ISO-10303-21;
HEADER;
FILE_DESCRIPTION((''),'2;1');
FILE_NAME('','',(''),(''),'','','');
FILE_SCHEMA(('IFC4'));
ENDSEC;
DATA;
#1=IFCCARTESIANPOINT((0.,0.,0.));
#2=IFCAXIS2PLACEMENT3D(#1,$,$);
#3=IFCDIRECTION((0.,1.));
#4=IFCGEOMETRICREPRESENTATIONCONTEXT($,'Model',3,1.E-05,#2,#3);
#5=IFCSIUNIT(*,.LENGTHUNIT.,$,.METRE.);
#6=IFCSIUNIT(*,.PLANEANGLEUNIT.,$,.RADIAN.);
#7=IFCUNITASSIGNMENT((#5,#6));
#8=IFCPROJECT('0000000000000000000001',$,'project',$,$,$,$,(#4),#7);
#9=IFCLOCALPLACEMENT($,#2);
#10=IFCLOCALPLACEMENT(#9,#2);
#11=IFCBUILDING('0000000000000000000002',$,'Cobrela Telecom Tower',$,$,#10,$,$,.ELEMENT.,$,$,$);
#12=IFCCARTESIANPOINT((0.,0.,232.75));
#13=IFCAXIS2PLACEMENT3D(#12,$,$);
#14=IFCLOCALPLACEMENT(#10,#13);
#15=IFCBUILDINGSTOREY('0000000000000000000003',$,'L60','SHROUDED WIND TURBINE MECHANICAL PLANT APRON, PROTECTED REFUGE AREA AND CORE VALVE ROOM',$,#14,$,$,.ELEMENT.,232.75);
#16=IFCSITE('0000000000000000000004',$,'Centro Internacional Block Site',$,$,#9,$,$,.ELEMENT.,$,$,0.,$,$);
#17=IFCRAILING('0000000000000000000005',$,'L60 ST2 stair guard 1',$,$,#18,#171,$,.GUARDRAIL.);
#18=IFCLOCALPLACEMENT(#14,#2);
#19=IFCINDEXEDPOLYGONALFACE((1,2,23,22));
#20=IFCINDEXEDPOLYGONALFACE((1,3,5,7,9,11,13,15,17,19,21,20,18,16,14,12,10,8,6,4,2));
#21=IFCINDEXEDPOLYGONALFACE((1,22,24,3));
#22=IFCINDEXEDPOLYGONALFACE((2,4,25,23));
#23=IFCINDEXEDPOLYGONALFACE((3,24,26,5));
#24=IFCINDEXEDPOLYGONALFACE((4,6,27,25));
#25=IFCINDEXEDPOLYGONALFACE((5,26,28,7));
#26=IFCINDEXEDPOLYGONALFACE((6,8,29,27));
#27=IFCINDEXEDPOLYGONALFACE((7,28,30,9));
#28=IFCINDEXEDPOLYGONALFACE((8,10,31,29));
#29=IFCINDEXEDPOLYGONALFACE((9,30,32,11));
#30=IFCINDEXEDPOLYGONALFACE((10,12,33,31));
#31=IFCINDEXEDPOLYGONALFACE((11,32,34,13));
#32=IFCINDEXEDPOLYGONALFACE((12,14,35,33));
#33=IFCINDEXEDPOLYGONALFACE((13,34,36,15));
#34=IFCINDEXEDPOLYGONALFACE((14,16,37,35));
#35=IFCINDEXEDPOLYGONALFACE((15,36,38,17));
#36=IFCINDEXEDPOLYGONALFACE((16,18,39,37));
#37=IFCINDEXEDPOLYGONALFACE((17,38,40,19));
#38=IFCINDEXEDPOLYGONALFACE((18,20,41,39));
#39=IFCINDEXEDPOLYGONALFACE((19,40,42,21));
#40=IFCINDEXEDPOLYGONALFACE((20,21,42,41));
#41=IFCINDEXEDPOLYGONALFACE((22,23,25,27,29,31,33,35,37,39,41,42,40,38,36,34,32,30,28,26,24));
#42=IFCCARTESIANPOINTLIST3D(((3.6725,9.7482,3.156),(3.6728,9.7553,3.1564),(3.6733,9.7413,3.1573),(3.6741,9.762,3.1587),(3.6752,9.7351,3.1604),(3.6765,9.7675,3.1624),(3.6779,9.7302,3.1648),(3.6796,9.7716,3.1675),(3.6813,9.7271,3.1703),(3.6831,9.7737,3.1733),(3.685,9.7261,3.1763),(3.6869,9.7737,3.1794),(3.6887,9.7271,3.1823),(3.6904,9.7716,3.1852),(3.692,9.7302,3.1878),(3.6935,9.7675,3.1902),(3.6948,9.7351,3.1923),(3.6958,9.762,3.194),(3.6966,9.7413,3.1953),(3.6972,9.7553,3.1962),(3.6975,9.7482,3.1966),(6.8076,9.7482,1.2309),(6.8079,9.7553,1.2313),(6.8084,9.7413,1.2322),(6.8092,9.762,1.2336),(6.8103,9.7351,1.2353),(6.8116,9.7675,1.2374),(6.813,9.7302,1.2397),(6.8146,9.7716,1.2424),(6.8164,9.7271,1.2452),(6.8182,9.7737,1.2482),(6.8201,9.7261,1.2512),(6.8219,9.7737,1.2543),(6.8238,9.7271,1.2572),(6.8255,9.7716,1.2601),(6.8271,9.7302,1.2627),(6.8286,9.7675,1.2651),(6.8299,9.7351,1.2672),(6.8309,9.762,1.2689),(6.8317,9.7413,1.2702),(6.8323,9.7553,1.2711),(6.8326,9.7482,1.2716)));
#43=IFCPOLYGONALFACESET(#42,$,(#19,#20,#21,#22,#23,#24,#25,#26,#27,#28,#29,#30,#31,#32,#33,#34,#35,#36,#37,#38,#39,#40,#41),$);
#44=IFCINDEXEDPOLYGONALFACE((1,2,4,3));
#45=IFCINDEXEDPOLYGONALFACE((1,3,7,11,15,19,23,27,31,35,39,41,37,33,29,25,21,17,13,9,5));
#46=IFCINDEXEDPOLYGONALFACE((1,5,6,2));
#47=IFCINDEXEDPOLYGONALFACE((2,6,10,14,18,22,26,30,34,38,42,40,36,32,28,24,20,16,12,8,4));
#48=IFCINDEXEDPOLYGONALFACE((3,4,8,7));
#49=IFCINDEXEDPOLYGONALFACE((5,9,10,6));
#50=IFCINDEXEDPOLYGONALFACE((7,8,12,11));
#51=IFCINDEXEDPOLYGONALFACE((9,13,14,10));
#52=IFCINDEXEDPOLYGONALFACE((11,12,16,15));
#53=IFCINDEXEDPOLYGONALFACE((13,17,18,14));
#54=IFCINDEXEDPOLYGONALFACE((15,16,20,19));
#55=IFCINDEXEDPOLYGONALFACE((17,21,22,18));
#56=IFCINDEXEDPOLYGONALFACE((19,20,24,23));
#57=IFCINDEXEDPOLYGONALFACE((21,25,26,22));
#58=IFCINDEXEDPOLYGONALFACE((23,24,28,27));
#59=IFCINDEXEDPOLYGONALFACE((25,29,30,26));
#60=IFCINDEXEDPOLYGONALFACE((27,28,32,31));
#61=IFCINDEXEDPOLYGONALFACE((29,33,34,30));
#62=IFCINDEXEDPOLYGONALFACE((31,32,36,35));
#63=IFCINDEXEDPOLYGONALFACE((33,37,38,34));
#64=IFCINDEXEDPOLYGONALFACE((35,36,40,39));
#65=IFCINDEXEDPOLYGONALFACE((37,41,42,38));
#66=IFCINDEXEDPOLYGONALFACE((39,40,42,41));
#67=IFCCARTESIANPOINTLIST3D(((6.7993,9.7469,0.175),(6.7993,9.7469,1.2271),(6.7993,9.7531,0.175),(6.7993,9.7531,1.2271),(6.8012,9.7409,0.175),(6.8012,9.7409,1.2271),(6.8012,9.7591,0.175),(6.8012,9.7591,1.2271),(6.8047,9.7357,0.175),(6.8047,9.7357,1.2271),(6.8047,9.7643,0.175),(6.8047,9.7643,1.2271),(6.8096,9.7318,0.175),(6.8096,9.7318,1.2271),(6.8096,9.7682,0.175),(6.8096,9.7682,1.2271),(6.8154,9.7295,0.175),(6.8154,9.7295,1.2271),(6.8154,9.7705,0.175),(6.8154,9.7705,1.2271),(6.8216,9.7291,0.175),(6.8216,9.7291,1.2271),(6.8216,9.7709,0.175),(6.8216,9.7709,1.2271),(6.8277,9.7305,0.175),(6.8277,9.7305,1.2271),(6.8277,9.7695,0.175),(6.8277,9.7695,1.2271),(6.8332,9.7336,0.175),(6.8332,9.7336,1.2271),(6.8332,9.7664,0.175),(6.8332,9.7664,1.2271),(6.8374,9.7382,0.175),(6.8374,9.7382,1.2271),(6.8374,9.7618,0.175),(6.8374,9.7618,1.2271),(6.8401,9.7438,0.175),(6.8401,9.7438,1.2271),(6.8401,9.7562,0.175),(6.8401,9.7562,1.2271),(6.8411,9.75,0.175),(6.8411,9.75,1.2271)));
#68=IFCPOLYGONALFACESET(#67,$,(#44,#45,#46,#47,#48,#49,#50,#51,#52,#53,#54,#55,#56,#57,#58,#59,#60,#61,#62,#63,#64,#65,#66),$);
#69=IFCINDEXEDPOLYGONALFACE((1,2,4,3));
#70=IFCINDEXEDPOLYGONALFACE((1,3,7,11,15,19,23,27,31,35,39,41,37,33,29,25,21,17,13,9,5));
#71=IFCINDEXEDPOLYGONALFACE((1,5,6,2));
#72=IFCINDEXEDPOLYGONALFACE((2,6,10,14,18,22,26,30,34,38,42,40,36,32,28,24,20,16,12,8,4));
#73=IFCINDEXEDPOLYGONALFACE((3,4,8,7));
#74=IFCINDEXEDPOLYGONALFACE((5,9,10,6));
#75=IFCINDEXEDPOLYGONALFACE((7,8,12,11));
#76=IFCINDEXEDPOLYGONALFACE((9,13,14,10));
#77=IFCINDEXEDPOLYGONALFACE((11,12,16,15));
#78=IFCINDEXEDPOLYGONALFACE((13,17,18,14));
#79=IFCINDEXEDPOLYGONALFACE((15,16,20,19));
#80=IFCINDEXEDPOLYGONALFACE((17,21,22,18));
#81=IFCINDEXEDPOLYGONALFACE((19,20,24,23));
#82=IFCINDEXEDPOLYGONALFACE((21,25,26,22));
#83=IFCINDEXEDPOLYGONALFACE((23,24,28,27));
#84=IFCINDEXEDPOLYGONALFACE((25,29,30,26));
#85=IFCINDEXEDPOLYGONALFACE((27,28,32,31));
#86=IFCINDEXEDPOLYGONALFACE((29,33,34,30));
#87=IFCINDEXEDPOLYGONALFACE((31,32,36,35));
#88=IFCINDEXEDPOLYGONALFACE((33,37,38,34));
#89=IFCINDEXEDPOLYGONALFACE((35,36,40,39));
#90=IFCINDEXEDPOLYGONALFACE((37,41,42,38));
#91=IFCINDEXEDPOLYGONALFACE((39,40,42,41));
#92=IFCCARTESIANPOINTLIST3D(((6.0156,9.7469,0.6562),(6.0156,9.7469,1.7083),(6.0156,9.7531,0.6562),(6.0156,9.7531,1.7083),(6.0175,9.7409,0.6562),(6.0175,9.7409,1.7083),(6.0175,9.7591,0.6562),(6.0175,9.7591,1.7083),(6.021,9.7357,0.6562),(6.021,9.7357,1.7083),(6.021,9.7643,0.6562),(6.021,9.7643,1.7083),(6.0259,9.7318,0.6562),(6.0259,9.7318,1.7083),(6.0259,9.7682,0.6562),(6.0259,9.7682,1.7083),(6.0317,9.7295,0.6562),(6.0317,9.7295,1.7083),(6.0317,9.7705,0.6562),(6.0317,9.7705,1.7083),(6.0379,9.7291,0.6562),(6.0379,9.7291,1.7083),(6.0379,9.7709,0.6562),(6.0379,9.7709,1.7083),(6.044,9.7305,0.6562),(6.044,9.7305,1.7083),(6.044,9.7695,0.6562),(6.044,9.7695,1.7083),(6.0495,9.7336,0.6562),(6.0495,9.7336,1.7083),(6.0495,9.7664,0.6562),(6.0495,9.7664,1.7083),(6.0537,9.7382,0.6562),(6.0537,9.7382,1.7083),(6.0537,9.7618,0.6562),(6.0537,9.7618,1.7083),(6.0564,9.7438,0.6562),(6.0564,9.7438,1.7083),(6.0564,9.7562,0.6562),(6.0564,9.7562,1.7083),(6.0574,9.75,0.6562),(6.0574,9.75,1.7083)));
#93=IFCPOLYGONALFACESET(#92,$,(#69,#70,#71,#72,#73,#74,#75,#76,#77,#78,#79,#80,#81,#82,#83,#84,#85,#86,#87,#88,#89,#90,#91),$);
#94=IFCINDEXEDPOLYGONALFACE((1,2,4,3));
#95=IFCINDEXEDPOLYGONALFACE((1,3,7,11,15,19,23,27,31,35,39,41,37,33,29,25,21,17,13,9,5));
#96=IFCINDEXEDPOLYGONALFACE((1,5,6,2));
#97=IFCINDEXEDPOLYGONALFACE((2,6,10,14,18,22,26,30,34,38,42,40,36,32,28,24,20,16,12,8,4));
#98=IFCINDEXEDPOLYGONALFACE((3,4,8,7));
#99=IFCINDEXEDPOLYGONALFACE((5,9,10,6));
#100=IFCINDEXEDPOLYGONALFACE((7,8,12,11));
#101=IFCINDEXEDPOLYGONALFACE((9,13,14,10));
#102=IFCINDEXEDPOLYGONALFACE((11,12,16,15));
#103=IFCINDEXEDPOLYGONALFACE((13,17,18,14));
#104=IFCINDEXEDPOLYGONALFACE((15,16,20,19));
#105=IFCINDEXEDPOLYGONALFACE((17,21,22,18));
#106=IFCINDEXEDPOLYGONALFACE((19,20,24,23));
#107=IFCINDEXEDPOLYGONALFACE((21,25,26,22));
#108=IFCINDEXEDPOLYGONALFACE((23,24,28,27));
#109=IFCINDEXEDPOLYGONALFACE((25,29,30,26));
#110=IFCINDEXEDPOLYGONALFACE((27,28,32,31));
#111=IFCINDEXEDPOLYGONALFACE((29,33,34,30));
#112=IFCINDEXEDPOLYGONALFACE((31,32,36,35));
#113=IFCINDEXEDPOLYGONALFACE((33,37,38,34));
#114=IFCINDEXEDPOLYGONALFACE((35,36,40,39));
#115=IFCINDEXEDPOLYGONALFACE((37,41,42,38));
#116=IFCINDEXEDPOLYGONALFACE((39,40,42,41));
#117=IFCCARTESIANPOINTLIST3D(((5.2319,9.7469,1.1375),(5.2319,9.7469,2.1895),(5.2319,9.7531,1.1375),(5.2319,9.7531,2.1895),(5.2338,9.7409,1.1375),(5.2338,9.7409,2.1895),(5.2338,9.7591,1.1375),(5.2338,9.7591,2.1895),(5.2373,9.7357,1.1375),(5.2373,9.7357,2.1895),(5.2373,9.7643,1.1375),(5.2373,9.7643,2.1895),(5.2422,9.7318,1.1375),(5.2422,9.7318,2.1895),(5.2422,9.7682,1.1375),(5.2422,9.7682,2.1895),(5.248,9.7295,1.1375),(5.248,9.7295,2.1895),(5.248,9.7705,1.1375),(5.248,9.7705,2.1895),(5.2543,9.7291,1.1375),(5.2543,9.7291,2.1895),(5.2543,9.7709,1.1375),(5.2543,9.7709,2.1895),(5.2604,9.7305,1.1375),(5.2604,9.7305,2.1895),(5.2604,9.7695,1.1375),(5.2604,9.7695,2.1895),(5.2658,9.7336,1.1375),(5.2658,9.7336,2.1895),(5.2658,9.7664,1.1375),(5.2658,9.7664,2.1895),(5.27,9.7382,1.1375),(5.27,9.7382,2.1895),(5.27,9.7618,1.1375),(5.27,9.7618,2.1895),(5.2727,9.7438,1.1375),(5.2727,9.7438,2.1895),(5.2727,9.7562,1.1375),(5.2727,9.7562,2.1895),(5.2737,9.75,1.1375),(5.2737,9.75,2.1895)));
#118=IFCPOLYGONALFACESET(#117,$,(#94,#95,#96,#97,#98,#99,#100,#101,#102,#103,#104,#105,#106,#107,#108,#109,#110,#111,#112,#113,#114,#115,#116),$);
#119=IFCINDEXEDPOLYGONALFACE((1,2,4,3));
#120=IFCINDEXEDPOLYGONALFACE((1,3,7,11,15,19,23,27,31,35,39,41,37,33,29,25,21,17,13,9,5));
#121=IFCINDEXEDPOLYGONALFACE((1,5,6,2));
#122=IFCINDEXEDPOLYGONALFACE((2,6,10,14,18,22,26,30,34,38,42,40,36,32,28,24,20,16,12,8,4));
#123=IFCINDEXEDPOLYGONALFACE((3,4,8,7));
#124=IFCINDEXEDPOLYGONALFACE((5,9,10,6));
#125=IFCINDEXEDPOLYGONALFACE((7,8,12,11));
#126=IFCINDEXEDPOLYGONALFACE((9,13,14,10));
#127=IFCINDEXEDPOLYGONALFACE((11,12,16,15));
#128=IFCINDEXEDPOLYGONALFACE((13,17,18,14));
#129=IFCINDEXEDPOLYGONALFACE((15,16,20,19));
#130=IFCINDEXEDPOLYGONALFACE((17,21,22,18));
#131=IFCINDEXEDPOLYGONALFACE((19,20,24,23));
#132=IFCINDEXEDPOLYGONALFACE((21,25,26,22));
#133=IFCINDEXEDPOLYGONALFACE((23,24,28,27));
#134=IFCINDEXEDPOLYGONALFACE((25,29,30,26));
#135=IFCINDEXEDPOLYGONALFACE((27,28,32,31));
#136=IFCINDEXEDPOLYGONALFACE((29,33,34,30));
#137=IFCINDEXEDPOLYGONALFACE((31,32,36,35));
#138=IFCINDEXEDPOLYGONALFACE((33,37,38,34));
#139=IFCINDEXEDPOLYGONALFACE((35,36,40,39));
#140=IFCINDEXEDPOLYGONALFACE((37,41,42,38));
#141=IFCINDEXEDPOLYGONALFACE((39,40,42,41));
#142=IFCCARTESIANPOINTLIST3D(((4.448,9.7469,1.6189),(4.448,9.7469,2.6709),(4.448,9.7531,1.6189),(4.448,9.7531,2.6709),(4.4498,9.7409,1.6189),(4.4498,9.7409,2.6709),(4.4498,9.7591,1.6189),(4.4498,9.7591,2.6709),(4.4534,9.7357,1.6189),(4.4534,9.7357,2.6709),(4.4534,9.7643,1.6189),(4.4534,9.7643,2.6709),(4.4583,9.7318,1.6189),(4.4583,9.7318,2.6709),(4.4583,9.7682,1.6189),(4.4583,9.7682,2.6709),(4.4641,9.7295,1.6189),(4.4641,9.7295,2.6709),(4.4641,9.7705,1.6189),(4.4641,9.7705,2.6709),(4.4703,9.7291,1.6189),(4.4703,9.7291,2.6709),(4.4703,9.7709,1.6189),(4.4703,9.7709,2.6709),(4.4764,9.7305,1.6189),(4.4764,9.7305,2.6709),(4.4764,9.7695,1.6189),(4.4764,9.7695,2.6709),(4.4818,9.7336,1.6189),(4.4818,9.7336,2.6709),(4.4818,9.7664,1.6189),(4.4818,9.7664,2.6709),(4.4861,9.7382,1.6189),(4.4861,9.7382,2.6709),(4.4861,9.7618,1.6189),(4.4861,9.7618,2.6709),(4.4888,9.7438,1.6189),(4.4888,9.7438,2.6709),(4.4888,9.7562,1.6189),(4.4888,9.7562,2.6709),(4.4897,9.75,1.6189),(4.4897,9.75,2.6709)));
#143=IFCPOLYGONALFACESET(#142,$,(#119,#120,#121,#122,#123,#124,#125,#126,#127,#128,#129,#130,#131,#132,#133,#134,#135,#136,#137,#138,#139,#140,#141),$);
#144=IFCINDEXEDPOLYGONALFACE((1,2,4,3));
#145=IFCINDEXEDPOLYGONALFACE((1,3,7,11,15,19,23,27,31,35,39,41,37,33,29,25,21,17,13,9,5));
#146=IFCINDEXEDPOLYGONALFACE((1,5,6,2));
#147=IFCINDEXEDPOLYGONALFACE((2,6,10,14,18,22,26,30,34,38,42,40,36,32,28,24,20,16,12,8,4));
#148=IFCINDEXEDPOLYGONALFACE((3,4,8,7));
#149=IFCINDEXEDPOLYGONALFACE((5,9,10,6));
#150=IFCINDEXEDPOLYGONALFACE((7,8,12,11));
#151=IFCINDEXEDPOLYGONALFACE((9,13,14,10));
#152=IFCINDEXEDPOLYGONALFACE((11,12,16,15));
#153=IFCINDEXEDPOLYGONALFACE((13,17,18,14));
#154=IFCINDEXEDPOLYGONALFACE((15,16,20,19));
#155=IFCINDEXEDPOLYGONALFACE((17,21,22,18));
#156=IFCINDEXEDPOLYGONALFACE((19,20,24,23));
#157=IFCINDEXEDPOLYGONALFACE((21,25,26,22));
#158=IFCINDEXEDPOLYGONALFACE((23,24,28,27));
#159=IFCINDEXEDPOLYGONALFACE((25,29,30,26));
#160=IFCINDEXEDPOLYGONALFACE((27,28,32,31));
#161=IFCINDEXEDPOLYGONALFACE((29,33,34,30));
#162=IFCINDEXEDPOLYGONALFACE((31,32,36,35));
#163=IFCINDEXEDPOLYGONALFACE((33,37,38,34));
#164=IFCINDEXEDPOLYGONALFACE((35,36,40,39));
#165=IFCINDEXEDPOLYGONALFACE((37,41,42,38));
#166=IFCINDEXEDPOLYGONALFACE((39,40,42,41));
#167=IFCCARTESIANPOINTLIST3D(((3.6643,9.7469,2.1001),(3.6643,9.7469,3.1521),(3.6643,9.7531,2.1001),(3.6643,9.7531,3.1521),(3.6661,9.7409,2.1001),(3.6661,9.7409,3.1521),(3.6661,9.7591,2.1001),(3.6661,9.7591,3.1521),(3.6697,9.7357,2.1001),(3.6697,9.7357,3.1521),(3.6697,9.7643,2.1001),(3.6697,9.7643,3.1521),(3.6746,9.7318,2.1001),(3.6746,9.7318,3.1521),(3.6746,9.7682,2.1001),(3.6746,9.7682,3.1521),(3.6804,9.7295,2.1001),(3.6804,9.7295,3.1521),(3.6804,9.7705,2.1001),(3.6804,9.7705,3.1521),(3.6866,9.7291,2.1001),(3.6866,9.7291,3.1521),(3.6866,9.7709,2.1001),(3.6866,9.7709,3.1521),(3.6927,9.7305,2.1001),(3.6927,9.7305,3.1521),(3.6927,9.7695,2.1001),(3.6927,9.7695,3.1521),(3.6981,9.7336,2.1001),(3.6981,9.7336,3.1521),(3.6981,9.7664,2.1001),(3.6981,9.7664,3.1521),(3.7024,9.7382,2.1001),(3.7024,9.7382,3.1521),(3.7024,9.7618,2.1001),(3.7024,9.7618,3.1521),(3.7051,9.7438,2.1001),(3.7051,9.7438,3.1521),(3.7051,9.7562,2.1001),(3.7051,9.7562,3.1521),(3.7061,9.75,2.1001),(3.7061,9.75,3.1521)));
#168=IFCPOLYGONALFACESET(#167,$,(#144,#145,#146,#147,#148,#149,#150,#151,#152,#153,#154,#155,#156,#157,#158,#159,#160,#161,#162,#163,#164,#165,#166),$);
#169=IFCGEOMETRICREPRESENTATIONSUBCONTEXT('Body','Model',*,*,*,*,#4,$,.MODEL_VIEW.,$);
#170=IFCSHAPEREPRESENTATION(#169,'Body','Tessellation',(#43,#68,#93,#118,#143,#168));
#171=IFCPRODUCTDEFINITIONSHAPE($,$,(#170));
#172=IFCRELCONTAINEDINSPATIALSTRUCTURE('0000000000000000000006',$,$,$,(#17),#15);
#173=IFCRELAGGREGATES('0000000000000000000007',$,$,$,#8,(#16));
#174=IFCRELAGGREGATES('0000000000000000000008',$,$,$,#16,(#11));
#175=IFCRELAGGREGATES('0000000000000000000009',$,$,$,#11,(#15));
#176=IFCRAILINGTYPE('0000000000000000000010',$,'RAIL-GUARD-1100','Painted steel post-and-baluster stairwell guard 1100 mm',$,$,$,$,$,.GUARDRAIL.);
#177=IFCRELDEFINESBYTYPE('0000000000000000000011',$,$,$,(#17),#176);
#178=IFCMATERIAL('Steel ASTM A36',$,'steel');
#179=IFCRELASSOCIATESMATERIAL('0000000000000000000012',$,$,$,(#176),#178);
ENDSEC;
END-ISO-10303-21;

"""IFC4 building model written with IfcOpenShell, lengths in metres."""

from ifc_helpers import new_model, si_unit, direction, frame, origin, origin_2d, place, context, subcontext, project, spatial, circle, extrude, material, type_object, element, save


model = new_model("IFC4")

# Units and contexts
model_context = context("Model", 3, precision=1e-05, world=origin(), true_north=direction((0.0, 1.0)))
body_context = subcontext(model_context, "Body", "Model", "MODEL_VIEW")
ifc_project = project(units=[si_unit("LENGTHUNIT", "METRE"), si_unit("PLANEANGLEUNIT", "RADIAN")], contexts=[model_context])

# Site, building, storey
site_placement = place(None, origin())
site = spatial("IfcSite", under=ifc_project, at=site_placement, Name="Centro Internacional Block Site", CompositionType="ELEMENT", RefElevation=0.0)
building_placement = place(site_placement, origin())
building = spatial("IfcBuilding", under=site, at=building_placement, Name="Cobrela Telecom Tower", CompositionType="ELEMENT")
storey_placement = place(building_placement, frame((0.0, 0.0, 232.75)))
storey = spatial("IfcBuildingStorey", under=building, at=storey_placement, Name="L60", Description="SHROUDED WIND TURBINE MECHANICAL PLANT APRON, PROTECTED REFUGE AREA AND CORE VALVE ROOM", CompositionType="ELEMENT", Elevation=232.75)

# Shared definitions
ifc_material_1 = material(Name="Steel ASTM A36", Category="steel")

# Railing
railing_type_1 = type_object("IfcRailingType", Name="RAIL-GUARD-1100", Description="Painted steel post-and-baluster stairwell guard 1100 mm", PredefinedType="GUARDRAIL", material=ifc_material_1)
railing_1_placement = place(storey_placement, frame((6.8201, 9.75, 0.175)))
element("IfcRailing", 1, at=railing_1_placement, inside=storey, type_object=railing_type_1, Name="L60 ST2 stair guard 1", PredefinedType="GUARDRAIL", context=body_context, shape_type="SweptSolid", body=[
    extrude(circle(Radius=0.0239, at=origin_2d()), frame((0.0, 0.0, 1.0762), z_axis=(-0.852166, 0.0, 0.523271), x_axis=(0.0, -1.0, 0.0)), (0.0, 0.0, 1.0), 3.679),
    extrude(circle(Radius=0.021, at=origin_2d()), origin(), (0.0, 0.0, 1.0), 1.052),
    extrude(circle(Radius=0.021, at=origin_2d()), frame((-0.7837, 0.0, 0.4812)), (0.0, 0.0, 1.0), 1.052),
    extrude(circle(Radius=0.021, at=origin_2d()), frame((-1.5674, 0.0, 0.9624)), (0.0, 0.0, 1.0), 1.052),
    extrude(circle(Radius=0.021, at=origin_2d()), frame((-2.3513, 0.0, 1.4438)), (0.0, 0.0, 1.0), 1.052),
    extrude(circle(Radius=0.021, at=origin_2d()), frame((-3.135, 0.0, 1.925)), (0.0, 0.0, 1.0), 1.052),
])

save(model, "model.ifc")
